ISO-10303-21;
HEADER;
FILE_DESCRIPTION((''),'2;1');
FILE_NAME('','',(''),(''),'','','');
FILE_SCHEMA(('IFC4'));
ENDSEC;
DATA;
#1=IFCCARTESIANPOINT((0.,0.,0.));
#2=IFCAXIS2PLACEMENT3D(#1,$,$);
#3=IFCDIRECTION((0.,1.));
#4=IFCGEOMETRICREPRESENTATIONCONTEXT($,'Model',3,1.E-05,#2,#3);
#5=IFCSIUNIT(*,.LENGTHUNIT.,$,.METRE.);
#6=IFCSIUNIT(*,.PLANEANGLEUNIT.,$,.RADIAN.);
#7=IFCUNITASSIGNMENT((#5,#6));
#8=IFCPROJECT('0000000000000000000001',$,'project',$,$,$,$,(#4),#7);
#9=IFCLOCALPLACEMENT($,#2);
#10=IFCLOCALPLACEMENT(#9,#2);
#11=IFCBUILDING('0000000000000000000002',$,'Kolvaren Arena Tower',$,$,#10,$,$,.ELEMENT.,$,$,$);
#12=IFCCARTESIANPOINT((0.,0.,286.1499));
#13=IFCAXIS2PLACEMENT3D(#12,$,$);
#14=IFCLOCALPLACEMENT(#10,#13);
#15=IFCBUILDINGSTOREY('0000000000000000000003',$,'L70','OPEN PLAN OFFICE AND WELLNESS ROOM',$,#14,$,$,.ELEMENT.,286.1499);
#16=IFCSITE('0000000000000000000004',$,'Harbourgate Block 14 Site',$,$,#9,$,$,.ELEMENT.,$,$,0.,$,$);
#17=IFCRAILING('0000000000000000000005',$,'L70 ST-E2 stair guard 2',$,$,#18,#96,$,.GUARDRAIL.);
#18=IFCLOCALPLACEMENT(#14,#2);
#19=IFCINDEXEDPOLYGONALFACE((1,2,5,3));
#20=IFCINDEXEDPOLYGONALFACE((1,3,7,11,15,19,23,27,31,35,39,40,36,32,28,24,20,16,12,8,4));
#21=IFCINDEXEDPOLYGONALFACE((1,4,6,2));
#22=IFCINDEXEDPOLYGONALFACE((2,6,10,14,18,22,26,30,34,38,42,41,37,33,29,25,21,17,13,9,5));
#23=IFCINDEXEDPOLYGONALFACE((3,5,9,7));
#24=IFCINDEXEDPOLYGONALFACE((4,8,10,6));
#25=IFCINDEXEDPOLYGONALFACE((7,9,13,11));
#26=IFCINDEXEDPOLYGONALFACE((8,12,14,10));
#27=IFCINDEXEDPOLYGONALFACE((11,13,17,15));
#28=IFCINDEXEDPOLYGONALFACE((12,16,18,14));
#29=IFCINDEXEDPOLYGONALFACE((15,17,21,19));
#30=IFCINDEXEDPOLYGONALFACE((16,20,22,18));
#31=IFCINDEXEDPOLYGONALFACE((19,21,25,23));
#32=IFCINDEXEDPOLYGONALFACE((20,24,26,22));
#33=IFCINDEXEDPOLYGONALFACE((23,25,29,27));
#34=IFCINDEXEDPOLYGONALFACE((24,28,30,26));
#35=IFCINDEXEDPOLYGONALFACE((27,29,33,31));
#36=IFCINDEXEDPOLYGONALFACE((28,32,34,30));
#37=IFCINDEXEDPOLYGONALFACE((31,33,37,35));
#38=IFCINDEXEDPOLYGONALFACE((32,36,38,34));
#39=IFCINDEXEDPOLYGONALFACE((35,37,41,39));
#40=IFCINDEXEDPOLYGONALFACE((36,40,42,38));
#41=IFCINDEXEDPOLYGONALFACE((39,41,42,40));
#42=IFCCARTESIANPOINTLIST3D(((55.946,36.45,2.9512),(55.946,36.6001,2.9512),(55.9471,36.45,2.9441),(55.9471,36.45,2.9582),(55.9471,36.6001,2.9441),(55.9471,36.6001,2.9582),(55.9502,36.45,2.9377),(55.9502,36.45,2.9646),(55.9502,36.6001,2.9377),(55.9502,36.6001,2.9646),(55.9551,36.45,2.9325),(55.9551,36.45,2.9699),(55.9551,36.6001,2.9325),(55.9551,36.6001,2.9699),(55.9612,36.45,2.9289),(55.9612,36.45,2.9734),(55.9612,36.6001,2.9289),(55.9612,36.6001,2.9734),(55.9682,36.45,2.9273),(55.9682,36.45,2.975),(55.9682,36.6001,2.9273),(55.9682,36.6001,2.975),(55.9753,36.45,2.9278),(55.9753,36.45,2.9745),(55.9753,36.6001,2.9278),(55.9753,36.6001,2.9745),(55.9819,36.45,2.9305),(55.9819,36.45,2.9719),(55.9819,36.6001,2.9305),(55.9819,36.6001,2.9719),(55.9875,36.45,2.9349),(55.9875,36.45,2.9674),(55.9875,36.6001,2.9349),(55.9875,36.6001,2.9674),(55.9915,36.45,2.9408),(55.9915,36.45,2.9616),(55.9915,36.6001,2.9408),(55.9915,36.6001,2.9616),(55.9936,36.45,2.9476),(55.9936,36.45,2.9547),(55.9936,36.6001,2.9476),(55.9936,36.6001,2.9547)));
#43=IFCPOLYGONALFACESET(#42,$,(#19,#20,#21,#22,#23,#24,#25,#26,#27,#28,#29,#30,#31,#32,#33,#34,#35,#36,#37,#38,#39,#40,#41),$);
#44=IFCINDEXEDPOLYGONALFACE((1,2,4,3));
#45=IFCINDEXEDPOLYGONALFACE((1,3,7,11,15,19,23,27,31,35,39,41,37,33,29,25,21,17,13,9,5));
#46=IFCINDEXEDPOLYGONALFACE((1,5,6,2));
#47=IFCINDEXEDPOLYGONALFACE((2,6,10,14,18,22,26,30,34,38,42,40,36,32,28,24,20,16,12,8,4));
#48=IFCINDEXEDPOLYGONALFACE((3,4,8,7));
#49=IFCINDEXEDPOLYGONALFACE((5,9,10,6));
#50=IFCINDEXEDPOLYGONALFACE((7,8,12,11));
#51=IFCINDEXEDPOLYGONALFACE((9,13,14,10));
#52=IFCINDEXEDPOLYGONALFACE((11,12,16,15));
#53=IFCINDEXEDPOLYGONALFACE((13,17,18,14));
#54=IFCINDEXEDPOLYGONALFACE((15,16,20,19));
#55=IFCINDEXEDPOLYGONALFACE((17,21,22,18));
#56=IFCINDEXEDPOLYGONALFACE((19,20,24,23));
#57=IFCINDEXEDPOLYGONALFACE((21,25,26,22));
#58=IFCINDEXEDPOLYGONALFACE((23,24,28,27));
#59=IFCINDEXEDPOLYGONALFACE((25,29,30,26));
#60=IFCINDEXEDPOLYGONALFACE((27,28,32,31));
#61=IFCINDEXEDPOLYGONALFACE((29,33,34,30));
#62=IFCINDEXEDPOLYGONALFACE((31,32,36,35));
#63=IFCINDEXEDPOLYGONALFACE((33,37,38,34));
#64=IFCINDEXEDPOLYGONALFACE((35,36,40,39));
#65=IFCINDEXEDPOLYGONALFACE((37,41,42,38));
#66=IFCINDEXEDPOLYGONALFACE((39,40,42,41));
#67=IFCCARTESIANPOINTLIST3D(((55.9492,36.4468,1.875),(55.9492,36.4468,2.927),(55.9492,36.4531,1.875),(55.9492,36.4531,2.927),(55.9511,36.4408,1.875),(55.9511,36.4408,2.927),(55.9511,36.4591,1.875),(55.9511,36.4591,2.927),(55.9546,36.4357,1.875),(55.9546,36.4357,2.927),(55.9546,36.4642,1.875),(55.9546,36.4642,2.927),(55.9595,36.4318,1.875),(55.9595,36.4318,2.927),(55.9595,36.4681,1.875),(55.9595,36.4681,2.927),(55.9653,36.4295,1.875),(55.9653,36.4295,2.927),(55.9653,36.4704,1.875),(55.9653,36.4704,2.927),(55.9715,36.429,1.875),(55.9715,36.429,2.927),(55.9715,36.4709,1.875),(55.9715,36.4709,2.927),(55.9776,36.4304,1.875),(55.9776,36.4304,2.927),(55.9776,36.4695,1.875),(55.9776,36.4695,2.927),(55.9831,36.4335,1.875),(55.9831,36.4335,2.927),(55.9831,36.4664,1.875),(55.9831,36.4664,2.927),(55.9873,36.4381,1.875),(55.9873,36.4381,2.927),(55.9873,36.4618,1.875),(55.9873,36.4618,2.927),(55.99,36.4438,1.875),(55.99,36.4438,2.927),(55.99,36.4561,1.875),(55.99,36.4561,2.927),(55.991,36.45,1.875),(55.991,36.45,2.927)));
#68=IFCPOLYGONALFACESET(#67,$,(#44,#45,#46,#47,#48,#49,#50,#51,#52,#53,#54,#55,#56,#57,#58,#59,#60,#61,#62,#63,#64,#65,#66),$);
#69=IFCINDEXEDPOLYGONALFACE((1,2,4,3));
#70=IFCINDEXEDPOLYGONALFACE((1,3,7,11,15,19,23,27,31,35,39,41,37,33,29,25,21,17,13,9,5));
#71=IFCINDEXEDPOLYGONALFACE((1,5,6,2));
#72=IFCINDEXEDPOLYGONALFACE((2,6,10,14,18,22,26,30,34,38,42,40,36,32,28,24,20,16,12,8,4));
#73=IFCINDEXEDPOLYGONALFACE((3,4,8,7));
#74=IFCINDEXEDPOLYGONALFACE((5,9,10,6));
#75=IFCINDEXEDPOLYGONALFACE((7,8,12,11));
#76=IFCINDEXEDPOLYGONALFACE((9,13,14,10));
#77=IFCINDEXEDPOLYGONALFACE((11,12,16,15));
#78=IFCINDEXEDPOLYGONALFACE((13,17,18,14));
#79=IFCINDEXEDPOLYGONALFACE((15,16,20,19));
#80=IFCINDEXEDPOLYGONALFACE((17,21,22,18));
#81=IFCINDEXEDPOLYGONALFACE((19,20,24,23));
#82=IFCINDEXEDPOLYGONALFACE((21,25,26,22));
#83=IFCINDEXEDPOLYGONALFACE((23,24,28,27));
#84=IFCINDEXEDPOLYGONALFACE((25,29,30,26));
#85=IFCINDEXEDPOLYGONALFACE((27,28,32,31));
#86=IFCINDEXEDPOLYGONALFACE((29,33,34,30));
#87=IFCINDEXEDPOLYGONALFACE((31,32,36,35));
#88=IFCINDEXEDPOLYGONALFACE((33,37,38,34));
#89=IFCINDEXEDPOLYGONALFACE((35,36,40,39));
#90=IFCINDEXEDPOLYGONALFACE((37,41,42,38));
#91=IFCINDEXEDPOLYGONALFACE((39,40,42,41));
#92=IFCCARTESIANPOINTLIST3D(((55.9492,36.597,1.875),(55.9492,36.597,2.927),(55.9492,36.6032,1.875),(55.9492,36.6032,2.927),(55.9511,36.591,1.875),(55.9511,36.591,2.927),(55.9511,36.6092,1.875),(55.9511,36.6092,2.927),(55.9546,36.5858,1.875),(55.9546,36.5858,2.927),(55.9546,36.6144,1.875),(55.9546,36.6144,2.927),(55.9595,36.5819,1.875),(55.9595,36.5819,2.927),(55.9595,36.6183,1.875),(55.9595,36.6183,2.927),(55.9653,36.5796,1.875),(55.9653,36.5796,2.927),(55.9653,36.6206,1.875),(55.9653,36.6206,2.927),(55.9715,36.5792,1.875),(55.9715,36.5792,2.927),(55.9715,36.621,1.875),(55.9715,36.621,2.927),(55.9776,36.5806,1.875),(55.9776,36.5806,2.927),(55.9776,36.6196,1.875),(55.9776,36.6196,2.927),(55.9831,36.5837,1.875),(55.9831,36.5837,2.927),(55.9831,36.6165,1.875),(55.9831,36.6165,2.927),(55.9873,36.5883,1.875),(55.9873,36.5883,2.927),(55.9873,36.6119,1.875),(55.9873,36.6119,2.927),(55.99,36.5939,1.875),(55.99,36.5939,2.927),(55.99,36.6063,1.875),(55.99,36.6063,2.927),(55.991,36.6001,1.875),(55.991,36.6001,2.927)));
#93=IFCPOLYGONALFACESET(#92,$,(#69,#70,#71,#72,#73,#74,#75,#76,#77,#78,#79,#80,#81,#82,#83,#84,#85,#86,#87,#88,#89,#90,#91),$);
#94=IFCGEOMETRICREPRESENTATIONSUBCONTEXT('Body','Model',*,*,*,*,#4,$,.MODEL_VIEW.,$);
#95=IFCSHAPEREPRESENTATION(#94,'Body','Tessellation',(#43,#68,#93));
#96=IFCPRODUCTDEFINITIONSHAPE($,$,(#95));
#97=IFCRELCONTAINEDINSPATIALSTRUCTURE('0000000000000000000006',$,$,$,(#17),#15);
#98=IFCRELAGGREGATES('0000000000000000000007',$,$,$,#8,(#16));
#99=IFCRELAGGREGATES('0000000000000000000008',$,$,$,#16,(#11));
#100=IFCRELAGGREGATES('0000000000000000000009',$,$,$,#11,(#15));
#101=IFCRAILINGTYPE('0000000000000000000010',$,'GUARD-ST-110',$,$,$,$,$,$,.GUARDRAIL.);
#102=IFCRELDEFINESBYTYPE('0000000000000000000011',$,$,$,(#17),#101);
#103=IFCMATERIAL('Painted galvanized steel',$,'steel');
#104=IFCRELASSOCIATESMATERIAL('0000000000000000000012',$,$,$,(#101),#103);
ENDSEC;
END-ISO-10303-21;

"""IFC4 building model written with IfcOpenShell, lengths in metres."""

from ifc_helpers import new_model, si_unit, direction, frame, origin, origin_2d, place, context, subcontext, project, spatial, circle, extrude, material, type_object, element, save


model = new_model("IFC4")

# Units and contexts
model_context = context("Model", 3, precision=1e-05, world=origin(), true_north=direction((0.0, 1.0)))
body_context = subcontext(model_context, "Body", "Model", "MODEL_VIEW")
ifc_project = project(units=[si_unit("LENGTHUNIT", "METRE"), si_unit("PLANEANGLEUNIT", "RADIAN")], contexts=[model_context])

# Site, building, storey
site_placement = place(None, origin())
site = spatial("IfcSite", under=ifc_project, at=site_placement, Name="Harbourgate Block 14 Site", CompositionType="ELEMENT", RefElevation=0.0)
building_placement = place(site_placement, origin())
building = spatial("IfcBuilding", under=site, at=building_placement, Name="Kolvaren Arena Tower", CompositionType="ELEMENT")
storey_placement = place(building_placement, frame((0.0, 0.0, 286.1499)))
storey = spatial("IfcBuildingStorey", under=building, at=storey_placement, Name="L70", Description="OPEN PLAN OFFICE AND WELLNESS ROOM", CompositionType="ELEMENT", Elevation=286.1499)

# Railing
ifc_material_1 = material(Name="Painted galvanized steel", Category="steel")
railing_type_1 = type_object("IfcRailingType", Name="GUARD-ST-110", PredefinedType="GUARDRAIL", material=ifc_material_1)
railing_1_placement = place(storey_placement, frame((55.97, 36.45, 1.875)))
element("IfcRailing", 1, at=railing_1_placement, inside=storey, type_object=railing_type_1, Name="L70 ST-E2 stair guard 2", PredefinedType="GUARDRAIL", context=body_context, shape_type="SweptSolid", body=[
    extrude(circle(Radius=0.0239, at=origin_2d()), frame((0.0, 0.0, 1.0762), z_axis=(0.0, 1.0, 0.0), x_axis=(-1.0, 0.0, 0.0)), (0.0, 0.0, 1.0), 0.1501),
    extrude(circle(Radius=0.021, at=origin_2d()), origin(), (0.0, 0.0, 1.0), 1.052),
    extrude(circle(Radius=0.021, at=origin_2d()), frame((0.0, 0.1501, 0.0)), (0.0, 0.0, 1.0), 1.052),
])

save(model, "model.ifc")
